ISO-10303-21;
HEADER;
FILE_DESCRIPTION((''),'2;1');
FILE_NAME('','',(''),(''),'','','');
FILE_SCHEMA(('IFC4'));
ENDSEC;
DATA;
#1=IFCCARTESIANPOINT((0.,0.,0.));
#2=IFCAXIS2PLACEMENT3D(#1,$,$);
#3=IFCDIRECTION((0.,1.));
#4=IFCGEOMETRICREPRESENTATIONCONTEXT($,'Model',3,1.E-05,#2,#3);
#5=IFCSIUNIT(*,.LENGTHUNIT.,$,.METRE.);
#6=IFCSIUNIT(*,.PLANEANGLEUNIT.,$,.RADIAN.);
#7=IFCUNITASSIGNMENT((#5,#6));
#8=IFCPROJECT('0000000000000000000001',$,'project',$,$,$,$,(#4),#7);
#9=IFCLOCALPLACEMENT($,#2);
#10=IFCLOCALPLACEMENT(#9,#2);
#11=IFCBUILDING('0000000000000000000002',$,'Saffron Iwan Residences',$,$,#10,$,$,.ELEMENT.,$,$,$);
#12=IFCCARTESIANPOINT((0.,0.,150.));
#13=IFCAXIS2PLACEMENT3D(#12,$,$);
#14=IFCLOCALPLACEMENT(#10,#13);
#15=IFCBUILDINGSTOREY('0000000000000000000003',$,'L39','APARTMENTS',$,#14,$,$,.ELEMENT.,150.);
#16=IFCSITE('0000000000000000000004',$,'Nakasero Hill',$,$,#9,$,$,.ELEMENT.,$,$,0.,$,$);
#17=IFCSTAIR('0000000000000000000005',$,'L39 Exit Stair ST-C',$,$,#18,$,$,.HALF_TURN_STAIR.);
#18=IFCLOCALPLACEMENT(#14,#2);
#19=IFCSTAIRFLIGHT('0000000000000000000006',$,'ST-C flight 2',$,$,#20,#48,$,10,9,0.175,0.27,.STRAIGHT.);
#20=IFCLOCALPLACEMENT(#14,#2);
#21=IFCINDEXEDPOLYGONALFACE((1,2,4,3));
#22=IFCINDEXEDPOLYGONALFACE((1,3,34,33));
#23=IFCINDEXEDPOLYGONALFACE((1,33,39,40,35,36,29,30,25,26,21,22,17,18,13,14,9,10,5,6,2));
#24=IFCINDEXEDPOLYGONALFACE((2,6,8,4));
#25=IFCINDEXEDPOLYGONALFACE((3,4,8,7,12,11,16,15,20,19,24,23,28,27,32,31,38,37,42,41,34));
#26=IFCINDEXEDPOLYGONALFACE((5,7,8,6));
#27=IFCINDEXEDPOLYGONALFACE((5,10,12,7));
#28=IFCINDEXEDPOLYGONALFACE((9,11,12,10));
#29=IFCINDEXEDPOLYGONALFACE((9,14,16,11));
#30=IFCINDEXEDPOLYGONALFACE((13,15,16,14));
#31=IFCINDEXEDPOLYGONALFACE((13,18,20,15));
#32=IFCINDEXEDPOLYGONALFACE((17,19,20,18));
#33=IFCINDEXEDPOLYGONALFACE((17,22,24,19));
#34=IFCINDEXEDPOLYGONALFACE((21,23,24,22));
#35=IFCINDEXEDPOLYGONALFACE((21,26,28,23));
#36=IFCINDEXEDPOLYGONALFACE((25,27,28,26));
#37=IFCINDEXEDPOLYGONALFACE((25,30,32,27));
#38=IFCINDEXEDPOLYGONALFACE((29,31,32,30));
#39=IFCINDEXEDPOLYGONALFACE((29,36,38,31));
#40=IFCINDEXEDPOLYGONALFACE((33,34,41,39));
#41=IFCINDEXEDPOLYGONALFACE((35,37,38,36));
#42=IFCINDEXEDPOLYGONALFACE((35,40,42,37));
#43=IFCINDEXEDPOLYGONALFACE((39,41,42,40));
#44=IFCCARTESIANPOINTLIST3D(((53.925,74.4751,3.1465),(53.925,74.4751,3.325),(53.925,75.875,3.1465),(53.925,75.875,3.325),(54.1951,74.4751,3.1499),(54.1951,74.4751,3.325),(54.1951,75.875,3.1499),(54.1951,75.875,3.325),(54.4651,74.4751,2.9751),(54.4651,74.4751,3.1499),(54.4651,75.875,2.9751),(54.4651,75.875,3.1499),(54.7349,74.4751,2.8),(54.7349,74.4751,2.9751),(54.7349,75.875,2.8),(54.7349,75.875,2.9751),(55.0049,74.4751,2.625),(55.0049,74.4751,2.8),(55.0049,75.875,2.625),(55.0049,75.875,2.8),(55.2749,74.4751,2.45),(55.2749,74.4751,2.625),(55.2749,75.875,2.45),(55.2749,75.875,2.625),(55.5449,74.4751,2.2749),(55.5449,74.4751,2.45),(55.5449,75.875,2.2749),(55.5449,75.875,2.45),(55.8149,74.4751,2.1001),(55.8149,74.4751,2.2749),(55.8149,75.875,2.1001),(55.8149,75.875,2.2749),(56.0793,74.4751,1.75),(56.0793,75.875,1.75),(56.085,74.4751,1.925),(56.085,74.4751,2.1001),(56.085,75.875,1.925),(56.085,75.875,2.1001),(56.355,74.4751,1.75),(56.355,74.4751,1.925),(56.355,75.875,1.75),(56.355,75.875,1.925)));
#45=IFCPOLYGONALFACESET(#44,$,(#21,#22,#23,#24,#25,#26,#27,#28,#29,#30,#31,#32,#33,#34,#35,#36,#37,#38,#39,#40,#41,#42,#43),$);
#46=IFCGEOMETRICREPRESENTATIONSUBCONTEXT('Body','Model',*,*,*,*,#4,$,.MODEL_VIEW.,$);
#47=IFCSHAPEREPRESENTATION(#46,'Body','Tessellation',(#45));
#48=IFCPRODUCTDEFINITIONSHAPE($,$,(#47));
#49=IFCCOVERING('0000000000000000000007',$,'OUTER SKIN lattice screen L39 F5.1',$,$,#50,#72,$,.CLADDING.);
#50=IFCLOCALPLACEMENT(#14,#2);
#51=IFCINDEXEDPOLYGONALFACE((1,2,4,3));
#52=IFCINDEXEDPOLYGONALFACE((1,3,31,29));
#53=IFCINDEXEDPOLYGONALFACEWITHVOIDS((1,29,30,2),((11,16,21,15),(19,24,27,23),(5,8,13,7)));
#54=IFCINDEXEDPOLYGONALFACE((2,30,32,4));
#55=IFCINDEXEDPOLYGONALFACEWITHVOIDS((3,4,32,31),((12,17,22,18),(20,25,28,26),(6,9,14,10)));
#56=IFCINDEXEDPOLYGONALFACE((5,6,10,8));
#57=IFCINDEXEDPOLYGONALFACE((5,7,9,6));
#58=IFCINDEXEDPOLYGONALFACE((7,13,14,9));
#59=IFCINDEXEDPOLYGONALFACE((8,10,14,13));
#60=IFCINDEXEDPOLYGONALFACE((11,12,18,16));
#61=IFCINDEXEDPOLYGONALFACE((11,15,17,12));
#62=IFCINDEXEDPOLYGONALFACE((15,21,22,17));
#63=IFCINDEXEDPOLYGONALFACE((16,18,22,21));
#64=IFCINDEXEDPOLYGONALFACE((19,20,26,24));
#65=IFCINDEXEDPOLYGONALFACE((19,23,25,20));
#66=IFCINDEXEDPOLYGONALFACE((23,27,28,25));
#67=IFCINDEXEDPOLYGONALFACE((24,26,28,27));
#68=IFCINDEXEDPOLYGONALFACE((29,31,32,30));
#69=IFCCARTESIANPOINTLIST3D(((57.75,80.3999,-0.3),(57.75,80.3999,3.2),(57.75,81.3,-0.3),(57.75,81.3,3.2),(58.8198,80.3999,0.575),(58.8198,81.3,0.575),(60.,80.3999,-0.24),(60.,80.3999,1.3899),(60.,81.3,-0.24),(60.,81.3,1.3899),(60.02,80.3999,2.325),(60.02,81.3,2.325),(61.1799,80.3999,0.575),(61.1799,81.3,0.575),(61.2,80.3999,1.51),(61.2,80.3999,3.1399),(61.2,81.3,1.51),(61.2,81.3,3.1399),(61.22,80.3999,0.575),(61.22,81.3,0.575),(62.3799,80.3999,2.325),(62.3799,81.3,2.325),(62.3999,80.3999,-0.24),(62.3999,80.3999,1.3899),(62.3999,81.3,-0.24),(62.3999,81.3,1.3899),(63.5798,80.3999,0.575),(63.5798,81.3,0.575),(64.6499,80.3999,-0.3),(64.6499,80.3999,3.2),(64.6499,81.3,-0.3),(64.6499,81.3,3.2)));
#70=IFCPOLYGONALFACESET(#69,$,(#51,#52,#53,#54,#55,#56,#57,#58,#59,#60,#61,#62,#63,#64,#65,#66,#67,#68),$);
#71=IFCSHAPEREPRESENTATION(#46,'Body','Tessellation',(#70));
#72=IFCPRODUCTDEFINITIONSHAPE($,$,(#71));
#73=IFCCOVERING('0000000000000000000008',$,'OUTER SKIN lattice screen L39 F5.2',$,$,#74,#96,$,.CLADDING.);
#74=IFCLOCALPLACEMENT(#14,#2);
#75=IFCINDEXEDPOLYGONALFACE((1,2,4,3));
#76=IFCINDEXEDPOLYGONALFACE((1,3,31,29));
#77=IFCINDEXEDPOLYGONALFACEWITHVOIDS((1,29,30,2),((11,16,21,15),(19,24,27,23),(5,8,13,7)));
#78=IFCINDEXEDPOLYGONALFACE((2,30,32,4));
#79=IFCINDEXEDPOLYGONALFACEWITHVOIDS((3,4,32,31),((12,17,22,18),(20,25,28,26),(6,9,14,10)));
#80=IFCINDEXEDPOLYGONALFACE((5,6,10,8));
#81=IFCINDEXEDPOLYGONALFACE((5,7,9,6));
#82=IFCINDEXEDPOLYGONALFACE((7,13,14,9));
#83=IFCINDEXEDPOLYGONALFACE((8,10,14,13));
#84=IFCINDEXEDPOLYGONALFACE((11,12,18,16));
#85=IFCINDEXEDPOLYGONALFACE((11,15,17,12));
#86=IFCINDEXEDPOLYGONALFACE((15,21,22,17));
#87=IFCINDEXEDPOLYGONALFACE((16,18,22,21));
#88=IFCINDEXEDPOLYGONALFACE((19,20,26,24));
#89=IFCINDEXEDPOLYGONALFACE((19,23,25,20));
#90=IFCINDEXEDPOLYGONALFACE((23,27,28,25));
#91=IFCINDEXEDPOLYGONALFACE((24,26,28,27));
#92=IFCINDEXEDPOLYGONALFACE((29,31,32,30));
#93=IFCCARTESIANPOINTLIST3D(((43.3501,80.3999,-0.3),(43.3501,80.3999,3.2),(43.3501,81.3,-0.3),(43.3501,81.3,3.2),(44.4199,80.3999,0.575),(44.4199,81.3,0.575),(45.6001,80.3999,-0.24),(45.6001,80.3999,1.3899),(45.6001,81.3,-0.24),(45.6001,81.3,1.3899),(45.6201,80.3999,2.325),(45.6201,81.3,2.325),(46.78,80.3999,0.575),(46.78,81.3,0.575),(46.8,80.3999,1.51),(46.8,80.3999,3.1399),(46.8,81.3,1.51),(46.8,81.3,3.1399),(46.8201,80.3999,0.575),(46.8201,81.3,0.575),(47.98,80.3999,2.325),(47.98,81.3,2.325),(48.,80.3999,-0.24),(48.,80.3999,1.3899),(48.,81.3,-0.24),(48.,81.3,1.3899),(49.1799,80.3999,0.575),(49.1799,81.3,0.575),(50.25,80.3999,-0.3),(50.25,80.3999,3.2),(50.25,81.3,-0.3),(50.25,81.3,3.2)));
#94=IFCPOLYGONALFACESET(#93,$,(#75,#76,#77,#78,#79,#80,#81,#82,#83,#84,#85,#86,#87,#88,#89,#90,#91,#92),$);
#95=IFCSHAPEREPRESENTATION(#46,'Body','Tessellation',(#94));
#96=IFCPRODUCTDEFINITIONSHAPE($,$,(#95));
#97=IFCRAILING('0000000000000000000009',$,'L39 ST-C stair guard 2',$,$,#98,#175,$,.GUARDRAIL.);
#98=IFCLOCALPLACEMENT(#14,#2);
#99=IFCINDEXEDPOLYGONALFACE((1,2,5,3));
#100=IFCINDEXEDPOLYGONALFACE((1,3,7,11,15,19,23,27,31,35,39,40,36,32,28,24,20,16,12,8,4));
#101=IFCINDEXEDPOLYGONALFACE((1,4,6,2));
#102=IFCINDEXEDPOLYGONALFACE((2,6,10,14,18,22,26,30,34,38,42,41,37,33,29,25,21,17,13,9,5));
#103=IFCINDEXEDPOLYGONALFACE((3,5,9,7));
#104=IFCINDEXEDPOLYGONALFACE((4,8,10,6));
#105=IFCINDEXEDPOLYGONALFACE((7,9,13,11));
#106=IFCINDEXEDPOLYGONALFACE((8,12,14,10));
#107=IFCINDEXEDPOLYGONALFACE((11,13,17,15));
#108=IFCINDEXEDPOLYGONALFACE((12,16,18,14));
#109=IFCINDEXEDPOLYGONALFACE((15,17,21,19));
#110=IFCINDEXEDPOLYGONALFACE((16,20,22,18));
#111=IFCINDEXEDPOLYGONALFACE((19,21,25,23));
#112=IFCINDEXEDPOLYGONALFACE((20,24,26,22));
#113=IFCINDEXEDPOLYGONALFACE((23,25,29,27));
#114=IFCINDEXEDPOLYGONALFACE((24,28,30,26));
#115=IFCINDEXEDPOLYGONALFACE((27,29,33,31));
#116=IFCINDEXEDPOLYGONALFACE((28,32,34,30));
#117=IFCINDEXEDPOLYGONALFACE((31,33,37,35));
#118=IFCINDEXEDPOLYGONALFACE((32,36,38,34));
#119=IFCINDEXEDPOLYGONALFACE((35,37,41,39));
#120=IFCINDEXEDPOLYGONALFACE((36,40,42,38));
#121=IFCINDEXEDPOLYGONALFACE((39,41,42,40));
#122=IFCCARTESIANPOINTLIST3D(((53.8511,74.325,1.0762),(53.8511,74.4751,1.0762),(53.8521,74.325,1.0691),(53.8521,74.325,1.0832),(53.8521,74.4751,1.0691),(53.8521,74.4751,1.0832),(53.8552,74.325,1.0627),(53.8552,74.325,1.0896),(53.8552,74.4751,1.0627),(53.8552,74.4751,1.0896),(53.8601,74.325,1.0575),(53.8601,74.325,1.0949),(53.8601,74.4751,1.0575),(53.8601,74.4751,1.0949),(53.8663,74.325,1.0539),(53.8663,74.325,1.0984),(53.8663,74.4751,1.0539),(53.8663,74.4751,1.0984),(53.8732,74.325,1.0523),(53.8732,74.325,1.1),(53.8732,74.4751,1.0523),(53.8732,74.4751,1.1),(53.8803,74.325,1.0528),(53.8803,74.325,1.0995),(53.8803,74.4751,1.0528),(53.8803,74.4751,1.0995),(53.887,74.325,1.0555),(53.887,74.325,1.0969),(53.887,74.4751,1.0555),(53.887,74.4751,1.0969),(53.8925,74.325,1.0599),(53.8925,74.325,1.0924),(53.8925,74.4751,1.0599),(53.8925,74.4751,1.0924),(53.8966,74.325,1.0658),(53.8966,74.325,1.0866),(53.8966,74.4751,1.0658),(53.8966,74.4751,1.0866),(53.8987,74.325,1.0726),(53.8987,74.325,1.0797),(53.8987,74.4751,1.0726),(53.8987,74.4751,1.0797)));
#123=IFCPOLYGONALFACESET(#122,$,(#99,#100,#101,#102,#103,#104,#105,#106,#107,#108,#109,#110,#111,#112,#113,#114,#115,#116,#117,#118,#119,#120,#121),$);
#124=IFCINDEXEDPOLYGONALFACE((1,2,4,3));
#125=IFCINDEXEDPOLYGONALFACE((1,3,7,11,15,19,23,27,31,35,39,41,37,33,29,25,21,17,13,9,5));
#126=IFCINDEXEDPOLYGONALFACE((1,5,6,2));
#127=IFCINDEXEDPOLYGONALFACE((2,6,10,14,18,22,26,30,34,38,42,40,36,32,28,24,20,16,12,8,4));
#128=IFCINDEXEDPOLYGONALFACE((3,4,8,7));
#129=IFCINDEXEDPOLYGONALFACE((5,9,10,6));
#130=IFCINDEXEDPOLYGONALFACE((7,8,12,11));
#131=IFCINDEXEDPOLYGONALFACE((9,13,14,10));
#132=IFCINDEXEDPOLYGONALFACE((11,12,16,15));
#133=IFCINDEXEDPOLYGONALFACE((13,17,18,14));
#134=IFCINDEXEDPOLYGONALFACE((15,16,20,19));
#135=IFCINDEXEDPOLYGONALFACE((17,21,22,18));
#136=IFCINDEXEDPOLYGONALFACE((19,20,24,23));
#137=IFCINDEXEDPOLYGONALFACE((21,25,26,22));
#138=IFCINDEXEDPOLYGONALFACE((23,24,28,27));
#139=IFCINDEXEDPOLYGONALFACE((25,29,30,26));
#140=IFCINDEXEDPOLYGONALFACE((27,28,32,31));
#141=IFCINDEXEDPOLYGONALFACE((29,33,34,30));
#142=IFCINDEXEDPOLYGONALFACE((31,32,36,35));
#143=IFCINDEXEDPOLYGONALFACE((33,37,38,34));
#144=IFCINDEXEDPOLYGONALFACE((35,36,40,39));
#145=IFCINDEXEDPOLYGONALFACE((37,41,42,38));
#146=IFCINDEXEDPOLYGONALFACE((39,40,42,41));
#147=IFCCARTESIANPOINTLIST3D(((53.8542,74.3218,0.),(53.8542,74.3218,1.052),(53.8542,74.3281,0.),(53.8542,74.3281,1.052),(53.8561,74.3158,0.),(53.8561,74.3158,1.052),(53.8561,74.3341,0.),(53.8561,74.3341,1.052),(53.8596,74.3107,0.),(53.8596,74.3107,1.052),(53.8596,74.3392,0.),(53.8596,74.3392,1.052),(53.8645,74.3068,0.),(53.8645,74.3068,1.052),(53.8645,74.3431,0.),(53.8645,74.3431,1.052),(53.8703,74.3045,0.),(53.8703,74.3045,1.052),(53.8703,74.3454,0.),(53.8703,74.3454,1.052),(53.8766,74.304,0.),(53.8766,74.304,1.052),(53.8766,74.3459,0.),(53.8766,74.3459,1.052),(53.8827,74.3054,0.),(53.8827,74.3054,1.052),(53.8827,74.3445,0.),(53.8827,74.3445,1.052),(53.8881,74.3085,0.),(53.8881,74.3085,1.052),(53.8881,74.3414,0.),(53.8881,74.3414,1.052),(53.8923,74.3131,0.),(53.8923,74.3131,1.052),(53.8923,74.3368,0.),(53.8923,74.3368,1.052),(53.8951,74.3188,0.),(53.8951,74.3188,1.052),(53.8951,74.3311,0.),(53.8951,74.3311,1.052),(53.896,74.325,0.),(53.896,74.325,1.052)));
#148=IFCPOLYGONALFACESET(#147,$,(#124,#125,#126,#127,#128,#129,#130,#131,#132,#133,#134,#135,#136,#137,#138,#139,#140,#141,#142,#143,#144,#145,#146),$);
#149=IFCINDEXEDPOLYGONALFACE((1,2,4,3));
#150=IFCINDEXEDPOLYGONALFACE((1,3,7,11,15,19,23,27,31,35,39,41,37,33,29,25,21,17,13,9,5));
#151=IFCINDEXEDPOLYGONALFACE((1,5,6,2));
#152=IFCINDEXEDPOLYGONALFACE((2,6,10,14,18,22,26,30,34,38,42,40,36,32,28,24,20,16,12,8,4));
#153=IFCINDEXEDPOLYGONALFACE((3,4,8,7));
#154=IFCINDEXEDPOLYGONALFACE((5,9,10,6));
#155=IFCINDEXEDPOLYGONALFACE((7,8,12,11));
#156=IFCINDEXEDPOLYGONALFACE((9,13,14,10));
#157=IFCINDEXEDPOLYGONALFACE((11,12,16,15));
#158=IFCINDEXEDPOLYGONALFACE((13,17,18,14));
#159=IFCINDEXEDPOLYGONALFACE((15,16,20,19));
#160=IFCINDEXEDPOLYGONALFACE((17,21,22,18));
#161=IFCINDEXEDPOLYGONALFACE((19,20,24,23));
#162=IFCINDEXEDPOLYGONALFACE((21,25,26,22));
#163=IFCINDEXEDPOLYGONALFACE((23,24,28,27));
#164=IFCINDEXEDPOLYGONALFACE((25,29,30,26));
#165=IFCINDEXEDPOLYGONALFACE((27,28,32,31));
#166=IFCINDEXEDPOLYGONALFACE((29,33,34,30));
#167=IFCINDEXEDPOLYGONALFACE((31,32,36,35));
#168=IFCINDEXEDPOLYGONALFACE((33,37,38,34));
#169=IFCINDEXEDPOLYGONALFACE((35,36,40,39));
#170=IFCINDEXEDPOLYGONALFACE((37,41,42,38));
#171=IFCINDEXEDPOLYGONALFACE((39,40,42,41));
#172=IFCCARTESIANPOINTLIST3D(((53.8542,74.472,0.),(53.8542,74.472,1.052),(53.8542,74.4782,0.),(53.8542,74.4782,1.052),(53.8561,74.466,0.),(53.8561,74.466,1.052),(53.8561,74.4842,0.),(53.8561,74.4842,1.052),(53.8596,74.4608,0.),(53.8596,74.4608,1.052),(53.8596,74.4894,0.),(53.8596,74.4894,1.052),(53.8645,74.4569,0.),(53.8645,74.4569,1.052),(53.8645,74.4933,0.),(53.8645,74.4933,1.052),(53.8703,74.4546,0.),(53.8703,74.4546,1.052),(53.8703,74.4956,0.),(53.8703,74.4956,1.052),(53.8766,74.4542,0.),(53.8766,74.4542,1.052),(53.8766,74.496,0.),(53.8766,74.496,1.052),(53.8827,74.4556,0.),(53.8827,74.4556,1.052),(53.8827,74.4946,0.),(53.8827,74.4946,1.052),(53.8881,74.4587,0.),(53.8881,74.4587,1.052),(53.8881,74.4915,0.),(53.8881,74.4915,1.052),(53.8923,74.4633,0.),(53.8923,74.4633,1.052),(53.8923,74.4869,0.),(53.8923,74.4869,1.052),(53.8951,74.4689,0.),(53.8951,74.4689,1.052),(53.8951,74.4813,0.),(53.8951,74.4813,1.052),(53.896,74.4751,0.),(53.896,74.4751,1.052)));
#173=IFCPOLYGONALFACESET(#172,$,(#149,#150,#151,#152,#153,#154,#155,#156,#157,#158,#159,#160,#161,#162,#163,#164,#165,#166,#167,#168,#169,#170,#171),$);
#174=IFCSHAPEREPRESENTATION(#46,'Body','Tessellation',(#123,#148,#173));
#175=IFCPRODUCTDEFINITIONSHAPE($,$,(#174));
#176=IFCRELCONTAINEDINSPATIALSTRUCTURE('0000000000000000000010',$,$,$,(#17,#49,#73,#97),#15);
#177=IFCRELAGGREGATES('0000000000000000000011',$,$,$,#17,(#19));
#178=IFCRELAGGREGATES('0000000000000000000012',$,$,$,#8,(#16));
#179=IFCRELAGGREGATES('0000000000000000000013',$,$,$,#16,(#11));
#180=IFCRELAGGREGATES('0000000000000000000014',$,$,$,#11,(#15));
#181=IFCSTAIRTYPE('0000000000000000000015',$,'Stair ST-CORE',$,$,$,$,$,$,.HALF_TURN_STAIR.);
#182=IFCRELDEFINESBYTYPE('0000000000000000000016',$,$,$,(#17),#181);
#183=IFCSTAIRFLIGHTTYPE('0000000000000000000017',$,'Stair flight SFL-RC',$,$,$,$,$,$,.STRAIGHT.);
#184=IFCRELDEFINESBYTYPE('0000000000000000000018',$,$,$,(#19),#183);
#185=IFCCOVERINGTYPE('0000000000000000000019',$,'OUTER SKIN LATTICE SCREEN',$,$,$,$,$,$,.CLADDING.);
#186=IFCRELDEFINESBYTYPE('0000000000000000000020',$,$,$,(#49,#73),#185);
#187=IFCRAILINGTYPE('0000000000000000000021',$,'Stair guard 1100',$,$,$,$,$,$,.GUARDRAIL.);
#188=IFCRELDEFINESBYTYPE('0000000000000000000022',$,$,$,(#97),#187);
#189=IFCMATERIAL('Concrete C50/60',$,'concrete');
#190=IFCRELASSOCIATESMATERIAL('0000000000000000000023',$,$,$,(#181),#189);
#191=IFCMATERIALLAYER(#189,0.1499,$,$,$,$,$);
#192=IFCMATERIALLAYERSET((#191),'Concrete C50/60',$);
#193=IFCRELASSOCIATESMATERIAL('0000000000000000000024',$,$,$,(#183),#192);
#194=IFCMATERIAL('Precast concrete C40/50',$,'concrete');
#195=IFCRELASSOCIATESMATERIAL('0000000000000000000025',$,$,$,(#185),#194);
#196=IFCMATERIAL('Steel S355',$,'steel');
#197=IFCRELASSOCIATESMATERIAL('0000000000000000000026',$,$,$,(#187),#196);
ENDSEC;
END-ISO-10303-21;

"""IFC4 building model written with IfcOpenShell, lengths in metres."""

from ifc_helpers import new_model, si_unit, direction, frame, origin, origin_2d, place, context, subcontext, project, spatial, polyline, circle, outline, extrude, material, layer, layer_set, type_object, element, aggregate, save


model = new_model("IFC4")

# Units and contexts
model_context = context("Model", 3, precision=1e-05, world=origin(), true_north=direction((0.0, 1.0)))
body_context = subcontext(model_context, "Body", "Model", "MODEL_VIEW")
ifc_project = project(units=[si_unit("LENGTHUNIT", "METRE"), si_unit("PLANEANGLEUNIT", "RADIAN")], contexts=[model_context])

# Site, building, storey
site_placement = place(None, origin())
site = spatial("IfcSite", under=ifc_project, at=site_placement, Name="Nakasero Hill", CompositionType="ELEMENT", RefElevation=0.0)
building_placement = place(site_placement, origin())
building = spatial("IfcBuilding", under=site, at=building_placement, Name="Saffron Iwan Residences", CompositionType="ELEMENT")
storey_placement = place(building_placement, frame((0.0, 0.0, 150.0)))
storey = spatial("IfcBuildingStorey", under=building, at=storey_placement, Name="L39", Description="APARTMENTS", CompositionType="ELEMENT", Elevation=150.0)

# Shared definitions
ifc_material_1 = material(Name="Concrete C50/60", Category="concrete")

# Stair, stair flight
stair_type = type_object("IfcStairType", Name="Stair ST-CORE", PredefinedType="HALF_TURN_STAIR", material=ifc_material_1)
stair_placement = place(storey_placement, origin())
stair = element("IfcStair", 1, at=stair_placement, inside=storey, type_object=stair_type, Name="L39 Exit Stair ST-C", PredefinedType="HALF_TURN_STAIR")
ifc_layer_1 = layer(ifc_material_1, 0.1499)
ifc_layer_set_1 = layer_set([ifc_layer_1], Name="Concrete C50/60")
stair_flight_type = type_object("IfcStairFlightType", Name="Stair flight SFL-RC", PredefinedType="STRAIGHT", material=ifc_layer_set_1)
stair_flight_1_placement = place(storey_placement, frame((56.355, 75.175, 1.75), z_axis=(0.0, 0.0, 1.0), x_axis=(-1.0, 0.0, 0.0)))
stair_flight_1 = element("IfcStairFlight", 2, at=stair_flight_1_placement, type_object=stair_flight_type, Name="ST-C flight 2", NumberOfRisers=10, NumberOfTreads=9, PredefinedType="STRAIGHT", RiserHeight=0.175, TreadLength=0.27, context=body_context, shape_type="SweptSolid", body=[
    extrude(outline(polyline([(0.0, 0.0), (0.0, 0.175), (0.27, 0.175), (0.27, 0.3501), (0.54, 0.3501), (0.54, 0.5249), (0.8101, 0.5249), (0.8101, 0.7), (1.0801, 0.7), (1.0801, 0.875), (1.3501, 0.875), (1.3501, 1.05), (1.6201, 1.05), (1.6201, 1.2251), (1.8899, 1.2251), (1.8899, 1.3999), (2.1599, 1.3999), (2.1599, 1.575), (2.4299, 1.575), (2.4299, 1.75), (2.4299, 1.3965), (0.2756, 0.0), (0.0, 0.0)])), frame((0.0, 0.7, 0.0), z_axis=(0.0, -1.0, 0.0), x_axis=(1.0, 0.0, 0.0)), (0.0, 0.0, 1.0), 1.3999),
])
aggregate(stair, [stair_flight_1])

# Coverings
ifc_material_2 = material(Name="Precast concrete C40/50", Category="concrete")
covering_type_1 = type_object("IfcCoveringType", Name="OUTER SKIN LATTICE SCREEN", PredefinedType="CLADDING", material=ifc_material_2)
for number, where, z_axis, x_axis, name in (
    (3, (64.6499, 80.3999, -0.3), (0.0, 1.0, 0.0), (-1.0, 0.0, 0.0), "OUTER SKIN lattice screen L39 F5.1"),
    (4, (50.25, 80.3999, -0.3), (0.0, 1.0, 0.0), (-1.0, 0.0, 0.0), "OUTER SKIN lattice screen L39 F5.2"),
):
    element("IfcCovering", number, at=place(storey_placement, frame(where, z_axis=z_axis, x_axis=x_axis)), inside=storey, type_object=covering_type_1, Name=name, PredefinedType="CLADDING", context=body_context, shape_type="SweptSolid", body=[
        extrude(outline(polyline([(0.0, 0.0), (6.8999, 0.0), (6.8999, 3.5), (0.0, 3.5), (0.0, 0.0)]), holes=[polyline([(1.0701, 0.875), (2.25, 0.0601), (3.4299, 0.875), (2.25, 1.6899), (1.0701, 0.875)]), polyline([(3.47, 0.875), (4.6499, 0.0601), (5.8301, 0.875), (4.6499, 1.6899), (3.47, 0.875)]), polyline([(2.27, 2.625), (3.45, 1.8101), (4.6299, 2.625), (3.45, 3.4399), (2.27, 2.625)])]), origin(), (0.0, 0.0, 1.0), 0.9001),
    ])

# Railing
ifc_material_3 = material(Name="Steel S355", Category="steel")
railing_type_1 = type_object("IfcRailingType", Name="Stair guard 1100", PredefinedType="GUARDRAIL", material=ifc_material_3)
railing_1_placement = place(storey_placement, frame((53.875, 74.325, 0.0)))
element("IfcRailing", 5, at=railing_1_placement, inside=storey, type_object=railing_type_1, Name="L39 ST-C stair guard 2", PredefinedType="GUARDRAIL", context=body_context, shape_type="SweptSolid", body=[
    extrude(circle(Radius=0.0239, at=origin_2d()), frame((0.0, 0.0, 1.0762), z_axis=(0.0, 1.0, 0.0), x_axis=(-1.0, 0.0, 0.0)), (0.0, 0.0, 1.0), 0.1501),
    extrude(circle(Radius=0.021, at=origin_2d()), origin(), (0.0, 0.0, 1.0), 1.052),
    extrude(circle(Radius=0.021, at=origin_2d()), frame((0.0, 0.1501, 0.0)), (0.0, 0.0, 1.0), 1.052),
])

save(model, "model.ifc")
